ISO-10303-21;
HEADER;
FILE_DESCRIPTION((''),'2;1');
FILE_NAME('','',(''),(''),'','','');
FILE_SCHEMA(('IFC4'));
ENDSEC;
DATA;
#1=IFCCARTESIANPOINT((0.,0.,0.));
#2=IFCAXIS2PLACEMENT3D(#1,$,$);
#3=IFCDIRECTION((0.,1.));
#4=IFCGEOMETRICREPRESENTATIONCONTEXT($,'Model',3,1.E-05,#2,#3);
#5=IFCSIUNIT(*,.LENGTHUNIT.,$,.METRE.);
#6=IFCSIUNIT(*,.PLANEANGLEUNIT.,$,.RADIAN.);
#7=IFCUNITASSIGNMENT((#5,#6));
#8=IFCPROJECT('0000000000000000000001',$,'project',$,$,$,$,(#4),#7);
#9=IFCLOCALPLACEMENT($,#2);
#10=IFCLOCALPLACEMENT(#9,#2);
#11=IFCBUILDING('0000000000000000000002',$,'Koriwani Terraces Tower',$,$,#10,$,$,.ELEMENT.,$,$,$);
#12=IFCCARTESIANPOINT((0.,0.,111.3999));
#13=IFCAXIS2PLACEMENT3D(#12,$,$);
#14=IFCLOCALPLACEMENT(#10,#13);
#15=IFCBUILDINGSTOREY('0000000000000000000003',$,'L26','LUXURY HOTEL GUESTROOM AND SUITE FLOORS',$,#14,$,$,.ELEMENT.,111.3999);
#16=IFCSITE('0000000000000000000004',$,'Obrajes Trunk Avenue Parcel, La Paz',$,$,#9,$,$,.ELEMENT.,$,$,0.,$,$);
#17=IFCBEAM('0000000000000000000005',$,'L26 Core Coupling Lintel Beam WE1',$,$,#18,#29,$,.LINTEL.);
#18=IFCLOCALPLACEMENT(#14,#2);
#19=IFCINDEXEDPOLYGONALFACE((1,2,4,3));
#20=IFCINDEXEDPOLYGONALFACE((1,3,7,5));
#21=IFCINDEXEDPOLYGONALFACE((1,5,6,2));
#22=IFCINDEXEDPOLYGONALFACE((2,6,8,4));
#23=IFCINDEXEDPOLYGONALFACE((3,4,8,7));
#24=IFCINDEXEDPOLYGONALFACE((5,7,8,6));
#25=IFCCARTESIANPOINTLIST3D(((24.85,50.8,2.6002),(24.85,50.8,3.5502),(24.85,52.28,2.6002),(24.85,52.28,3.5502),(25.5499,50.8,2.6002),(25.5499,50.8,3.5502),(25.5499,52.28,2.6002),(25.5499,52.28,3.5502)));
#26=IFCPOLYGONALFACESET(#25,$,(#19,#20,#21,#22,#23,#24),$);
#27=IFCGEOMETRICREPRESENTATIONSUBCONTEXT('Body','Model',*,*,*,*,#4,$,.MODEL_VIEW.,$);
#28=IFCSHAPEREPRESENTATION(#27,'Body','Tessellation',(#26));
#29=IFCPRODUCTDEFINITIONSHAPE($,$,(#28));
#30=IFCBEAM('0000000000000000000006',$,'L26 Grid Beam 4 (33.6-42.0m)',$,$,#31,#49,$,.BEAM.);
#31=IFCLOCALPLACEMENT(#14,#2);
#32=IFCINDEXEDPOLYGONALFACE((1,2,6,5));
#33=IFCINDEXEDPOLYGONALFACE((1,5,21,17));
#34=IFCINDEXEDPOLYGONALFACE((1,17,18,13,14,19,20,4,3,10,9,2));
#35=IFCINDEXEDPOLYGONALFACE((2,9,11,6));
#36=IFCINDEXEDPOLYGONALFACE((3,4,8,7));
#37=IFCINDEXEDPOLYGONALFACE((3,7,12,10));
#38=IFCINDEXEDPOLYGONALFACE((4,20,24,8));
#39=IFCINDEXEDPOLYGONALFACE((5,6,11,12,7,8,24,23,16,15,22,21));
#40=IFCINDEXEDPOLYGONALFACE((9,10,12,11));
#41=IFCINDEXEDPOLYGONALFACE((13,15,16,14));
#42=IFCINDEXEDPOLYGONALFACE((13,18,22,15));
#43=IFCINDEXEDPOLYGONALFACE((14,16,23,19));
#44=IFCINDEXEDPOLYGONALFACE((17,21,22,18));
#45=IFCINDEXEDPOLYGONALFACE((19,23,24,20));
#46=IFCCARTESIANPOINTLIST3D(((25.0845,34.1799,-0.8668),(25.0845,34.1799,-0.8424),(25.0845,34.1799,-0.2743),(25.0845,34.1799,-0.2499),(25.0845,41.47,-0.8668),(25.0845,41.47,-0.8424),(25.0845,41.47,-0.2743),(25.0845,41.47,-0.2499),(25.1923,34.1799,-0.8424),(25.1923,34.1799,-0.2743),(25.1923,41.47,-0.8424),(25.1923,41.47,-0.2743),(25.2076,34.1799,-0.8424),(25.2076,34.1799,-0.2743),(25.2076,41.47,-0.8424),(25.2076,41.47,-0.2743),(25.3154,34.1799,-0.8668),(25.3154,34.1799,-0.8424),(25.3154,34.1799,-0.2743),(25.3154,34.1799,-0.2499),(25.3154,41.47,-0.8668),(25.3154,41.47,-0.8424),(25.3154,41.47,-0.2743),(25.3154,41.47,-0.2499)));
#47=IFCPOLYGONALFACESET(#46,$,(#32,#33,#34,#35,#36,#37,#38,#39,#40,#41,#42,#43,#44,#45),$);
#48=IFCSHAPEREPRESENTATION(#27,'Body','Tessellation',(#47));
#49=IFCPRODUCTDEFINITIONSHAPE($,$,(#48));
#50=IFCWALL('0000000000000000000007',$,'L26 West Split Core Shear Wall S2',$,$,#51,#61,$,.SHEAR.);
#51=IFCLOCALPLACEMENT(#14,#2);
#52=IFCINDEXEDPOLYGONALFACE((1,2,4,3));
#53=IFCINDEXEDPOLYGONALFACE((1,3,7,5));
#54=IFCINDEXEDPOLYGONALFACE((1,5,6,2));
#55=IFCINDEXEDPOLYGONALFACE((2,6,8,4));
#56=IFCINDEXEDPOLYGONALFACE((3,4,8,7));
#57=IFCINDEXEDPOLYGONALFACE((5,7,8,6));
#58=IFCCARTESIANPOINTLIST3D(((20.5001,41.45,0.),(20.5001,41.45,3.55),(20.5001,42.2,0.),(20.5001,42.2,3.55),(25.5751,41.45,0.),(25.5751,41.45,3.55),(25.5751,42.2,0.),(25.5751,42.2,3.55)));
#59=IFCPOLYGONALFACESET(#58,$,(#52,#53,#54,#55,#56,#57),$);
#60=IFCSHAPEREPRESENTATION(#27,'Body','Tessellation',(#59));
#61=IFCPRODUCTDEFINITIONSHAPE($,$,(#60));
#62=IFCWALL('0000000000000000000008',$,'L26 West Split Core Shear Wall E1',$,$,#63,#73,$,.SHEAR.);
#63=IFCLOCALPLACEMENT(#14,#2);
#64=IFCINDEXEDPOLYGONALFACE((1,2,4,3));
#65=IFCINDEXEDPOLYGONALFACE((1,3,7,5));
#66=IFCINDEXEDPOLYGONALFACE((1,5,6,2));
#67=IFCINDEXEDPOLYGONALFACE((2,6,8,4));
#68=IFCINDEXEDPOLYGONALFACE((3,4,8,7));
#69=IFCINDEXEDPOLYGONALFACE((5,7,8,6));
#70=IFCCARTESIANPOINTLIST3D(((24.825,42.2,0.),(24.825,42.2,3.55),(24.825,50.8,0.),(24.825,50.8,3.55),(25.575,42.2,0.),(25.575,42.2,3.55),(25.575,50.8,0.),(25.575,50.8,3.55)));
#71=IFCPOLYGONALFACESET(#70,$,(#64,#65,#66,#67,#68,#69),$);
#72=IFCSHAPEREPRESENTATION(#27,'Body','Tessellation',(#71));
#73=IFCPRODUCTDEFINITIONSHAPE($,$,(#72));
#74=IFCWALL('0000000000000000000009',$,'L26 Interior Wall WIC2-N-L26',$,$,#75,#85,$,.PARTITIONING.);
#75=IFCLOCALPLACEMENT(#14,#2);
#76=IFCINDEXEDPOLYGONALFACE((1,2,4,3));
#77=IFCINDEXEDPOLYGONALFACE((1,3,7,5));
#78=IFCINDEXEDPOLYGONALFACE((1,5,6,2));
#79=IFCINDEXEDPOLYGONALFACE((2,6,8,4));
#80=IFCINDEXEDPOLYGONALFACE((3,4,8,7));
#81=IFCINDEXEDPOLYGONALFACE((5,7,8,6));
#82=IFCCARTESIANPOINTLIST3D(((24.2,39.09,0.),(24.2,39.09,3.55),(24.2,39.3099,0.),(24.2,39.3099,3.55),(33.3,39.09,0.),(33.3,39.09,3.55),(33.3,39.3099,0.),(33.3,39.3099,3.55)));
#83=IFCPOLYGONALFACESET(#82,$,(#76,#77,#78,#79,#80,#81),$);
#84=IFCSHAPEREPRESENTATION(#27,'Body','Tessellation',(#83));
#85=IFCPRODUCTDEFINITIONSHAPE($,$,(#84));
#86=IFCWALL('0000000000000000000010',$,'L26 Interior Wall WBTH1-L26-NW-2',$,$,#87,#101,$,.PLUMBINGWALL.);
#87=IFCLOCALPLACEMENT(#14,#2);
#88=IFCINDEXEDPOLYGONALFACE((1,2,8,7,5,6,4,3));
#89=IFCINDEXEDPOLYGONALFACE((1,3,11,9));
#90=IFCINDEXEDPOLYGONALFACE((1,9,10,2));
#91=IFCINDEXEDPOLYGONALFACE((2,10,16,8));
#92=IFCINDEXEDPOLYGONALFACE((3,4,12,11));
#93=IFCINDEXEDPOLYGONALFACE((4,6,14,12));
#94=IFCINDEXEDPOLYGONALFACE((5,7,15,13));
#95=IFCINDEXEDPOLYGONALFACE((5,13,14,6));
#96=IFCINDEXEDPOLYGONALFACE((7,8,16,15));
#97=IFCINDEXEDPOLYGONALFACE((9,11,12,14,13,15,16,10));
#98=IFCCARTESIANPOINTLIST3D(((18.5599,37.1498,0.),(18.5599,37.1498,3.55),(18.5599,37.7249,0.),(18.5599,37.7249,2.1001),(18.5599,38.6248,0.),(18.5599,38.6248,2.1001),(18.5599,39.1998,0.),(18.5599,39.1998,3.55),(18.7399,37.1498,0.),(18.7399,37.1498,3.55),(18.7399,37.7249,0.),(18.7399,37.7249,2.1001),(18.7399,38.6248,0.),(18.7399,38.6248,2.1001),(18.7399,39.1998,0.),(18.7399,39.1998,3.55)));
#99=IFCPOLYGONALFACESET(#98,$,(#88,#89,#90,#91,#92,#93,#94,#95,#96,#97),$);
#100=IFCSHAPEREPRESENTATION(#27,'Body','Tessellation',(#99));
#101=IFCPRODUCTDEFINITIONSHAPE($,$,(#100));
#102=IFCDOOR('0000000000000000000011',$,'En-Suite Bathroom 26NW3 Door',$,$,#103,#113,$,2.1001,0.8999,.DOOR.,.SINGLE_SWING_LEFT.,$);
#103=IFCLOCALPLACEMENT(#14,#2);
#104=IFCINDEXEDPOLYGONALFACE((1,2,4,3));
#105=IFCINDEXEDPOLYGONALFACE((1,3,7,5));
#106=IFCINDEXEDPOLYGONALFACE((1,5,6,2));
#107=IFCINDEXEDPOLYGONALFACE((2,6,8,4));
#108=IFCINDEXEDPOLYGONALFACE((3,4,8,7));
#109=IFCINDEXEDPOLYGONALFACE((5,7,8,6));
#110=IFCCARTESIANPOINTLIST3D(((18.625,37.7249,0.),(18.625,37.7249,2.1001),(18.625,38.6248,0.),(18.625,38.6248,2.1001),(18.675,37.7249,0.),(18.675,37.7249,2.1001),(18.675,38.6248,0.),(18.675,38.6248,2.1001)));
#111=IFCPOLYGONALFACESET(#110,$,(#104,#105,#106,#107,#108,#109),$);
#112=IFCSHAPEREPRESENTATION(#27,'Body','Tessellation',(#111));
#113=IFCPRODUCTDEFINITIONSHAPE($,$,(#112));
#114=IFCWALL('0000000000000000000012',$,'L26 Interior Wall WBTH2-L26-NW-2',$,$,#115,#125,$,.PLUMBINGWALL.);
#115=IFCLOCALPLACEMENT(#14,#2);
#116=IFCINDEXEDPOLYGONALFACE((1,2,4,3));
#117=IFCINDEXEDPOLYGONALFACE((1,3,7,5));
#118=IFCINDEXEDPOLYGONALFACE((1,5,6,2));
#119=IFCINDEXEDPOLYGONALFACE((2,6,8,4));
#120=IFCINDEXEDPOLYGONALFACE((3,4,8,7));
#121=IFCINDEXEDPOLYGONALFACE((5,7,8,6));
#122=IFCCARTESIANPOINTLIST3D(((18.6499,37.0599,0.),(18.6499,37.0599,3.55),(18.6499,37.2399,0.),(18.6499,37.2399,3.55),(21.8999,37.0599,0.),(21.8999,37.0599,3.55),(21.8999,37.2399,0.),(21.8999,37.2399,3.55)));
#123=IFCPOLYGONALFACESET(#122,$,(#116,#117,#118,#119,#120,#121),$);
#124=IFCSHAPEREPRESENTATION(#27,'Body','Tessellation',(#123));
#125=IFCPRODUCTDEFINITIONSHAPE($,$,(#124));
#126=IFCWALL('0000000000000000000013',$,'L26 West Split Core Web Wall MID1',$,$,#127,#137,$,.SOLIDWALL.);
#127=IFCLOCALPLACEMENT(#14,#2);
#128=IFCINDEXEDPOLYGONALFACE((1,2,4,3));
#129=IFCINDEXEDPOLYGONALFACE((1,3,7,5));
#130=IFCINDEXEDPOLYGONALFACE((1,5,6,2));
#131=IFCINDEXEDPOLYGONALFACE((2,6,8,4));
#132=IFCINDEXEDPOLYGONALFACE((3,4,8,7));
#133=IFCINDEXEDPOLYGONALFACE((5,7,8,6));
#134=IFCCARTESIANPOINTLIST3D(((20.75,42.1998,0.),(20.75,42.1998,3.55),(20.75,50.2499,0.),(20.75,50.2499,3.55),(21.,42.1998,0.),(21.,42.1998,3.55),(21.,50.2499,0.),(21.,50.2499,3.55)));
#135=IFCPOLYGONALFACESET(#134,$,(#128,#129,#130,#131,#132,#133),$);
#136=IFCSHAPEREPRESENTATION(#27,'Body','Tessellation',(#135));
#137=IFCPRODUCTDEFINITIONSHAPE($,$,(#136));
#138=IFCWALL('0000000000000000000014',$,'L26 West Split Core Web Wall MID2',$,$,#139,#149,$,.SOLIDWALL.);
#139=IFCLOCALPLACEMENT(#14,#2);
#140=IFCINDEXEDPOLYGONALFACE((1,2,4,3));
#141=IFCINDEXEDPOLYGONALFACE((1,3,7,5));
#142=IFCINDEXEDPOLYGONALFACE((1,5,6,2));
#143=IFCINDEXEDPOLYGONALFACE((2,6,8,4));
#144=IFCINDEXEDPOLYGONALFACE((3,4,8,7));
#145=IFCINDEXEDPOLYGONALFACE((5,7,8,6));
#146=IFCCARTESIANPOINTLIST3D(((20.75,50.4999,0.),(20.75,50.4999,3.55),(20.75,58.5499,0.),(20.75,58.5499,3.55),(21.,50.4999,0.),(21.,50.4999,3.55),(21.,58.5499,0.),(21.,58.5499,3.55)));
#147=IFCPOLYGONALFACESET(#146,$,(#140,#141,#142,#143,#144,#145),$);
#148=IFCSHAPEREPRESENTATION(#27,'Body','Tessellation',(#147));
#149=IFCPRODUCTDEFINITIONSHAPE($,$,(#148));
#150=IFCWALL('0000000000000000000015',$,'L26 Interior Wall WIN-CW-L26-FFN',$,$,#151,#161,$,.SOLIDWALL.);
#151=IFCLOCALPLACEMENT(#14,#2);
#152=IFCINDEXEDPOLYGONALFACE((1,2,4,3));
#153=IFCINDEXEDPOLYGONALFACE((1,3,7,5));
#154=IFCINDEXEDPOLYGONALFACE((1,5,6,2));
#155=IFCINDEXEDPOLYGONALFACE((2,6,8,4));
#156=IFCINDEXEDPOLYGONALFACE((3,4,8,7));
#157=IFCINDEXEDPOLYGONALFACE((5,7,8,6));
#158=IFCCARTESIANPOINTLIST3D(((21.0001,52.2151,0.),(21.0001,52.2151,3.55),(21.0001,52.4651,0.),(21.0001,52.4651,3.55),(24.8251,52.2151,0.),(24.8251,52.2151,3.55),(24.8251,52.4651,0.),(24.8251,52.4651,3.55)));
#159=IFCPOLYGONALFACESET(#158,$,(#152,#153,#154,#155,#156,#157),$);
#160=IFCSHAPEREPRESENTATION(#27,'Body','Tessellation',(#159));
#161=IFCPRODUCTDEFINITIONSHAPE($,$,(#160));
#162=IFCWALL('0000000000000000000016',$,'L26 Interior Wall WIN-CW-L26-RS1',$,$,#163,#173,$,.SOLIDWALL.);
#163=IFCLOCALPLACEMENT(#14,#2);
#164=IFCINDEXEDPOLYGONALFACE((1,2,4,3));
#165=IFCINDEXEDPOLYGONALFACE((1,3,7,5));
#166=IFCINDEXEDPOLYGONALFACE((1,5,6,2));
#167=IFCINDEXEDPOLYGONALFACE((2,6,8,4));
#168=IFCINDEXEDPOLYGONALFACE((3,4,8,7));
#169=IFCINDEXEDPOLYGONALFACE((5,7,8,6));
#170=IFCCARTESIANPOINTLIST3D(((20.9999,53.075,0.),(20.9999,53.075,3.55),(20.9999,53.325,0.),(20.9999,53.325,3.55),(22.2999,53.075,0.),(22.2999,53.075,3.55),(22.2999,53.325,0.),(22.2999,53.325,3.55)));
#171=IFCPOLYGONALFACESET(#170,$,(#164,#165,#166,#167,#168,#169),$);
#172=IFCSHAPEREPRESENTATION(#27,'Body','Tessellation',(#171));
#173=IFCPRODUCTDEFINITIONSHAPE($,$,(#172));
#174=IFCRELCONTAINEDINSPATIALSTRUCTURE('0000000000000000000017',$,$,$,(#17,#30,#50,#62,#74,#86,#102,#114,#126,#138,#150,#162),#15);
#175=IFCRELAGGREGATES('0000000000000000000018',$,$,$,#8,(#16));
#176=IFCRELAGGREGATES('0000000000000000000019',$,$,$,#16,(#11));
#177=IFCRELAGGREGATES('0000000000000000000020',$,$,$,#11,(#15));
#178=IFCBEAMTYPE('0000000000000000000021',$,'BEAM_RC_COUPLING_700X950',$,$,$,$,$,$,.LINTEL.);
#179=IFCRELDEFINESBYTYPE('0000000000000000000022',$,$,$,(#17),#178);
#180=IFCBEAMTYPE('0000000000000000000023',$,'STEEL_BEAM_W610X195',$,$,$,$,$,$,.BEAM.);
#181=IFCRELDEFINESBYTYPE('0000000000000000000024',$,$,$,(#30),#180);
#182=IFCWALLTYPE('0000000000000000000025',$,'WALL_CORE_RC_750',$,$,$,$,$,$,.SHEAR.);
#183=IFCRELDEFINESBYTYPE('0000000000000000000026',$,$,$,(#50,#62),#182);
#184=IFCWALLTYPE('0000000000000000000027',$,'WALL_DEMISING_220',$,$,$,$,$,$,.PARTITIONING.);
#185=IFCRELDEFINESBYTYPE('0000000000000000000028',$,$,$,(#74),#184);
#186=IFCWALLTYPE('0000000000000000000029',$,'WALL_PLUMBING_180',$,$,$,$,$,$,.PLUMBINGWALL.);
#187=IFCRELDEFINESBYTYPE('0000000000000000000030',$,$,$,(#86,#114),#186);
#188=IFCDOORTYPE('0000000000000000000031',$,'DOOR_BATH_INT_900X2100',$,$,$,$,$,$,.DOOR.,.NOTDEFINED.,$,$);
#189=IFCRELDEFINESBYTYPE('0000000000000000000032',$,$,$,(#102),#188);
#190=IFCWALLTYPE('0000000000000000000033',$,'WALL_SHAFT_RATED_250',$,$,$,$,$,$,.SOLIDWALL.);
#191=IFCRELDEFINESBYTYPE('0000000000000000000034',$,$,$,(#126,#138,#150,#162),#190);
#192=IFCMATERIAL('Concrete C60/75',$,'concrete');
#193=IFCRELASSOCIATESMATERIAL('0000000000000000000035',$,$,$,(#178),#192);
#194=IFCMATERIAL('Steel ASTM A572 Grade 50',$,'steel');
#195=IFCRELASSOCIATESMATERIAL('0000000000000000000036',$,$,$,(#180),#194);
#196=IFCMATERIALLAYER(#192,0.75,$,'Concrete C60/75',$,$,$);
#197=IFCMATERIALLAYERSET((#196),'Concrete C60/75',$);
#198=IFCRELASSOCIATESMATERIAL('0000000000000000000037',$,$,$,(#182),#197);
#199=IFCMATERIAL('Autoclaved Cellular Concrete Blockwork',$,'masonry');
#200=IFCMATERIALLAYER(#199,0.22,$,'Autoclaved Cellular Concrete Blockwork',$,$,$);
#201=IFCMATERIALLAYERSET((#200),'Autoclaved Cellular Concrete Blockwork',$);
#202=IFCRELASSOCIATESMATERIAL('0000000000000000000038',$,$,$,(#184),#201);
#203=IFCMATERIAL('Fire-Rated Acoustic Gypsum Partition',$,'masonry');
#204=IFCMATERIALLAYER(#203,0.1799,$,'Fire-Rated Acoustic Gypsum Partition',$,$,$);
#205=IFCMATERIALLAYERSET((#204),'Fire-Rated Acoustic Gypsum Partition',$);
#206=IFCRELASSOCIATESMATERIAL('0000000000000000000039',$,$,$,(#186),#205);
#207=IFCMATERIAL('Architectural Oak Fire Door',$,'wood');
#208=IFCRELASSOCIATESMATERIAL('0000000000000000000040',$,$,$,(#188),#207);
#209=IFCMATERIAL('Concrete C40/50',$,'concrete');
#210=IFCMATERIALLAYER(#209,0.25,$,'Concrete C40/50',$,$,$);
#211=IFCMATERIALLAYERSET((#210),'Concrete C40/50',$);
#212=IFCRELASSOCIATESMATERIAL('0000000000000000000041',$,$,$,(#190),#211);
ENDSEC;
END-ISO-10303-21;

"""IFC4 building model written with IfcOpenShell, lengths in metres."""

from ifc_helpers import new_model, si_unit, direction, frame, frame_2d, origin, origin_2d, place, context, subcontext, project, spatial, rectangle, i_section, extrude, material, layer, layer_set, material_profile, profile_set, type_object, element, fill, save


model = new_model("IFC4")

# Units and contexts
model_context = context("Model", 3, precision=1e-05, world=origin(), true_north=direction((0.0, 1.0)))
body_context = subcontext(model_context, "Body", "Model", "MODEL_VIEW")
ifc_project = project(units=[si_unit("LENGTHUNIT", "METRE"), si_unit("PLANEANGLEUNIT", "RADIAN")], contexts=[model_context])

# Site, building, storey
site_placement = place(None, origin())
site = spatial("IfcSite", under=ifc_project, at=site_placement, Name="Obrajes Trunk Avenue Parcel, La Paz", CompositionType="ELEMENT", RefElevation=0.0)
building_placement = place(site_placement, origin())
building = spatial("IfcBuilding", under=site, at=building_placement, Name="Koriwani Terraces Tower", CompositionType="ELEMENT")
storey_placement = place(building_placement, frame((0.0, 0.0, 111.3999)))
storey = spatial("IfcBuildingStorey", under=building, at=storey_placement, Name="L26", Description="LUXURY HOTEL GUESTROOM AND SUITE FLOORS", CompositionType="ELEMENT", Elevation=111.3999)

# Beams
ifc_material_1 = material(Name="Concrete C60/75", Category="concrete")
ifc_material_profile_1 = material_profile(ifc_material_1, rectangle(XDim=0.7, YDim=0.95, at=origin_2d()), Name="Concrete C60/75", Category="LoadBearing")
ifc_profile_set_1 = profile_set([ifc_material_profile_1], Name="Concrete C60/75")
beam_type_1 = type_object("IfcBeamType", Name="BEAM_RC_COUPLING_700X950", PredefinedType="LINTEL", material=ifc_profile_set_1)
beam_1_placement = place(storey_placement, frame((25.2, 50.8, 3.0752), z_axis=(0.0, 1.0, 0.0), x_axis=(-1.0, 0.0, 0.0)))
element("IfcBeam", 1, at=beam_1_placement, inside=storey, type_object=beam_type_1, Name="L26 Core Coupling Lintel Beam WE1", PredefinedType="LINTEL", context=body_context, shape_type="SweptSolid", body=[
    extrude(rectangle(XDim=0.7, YDim=0.95, at=origin_2d()), origin(), (0.0, 0.0, 1.0), 1.48),
])
ifc_material_2 = material(Name="Steel ASTM A572 Grade 50", Category="steel")
ifc_material_profile_2 = material_profile(ifc_material_2, i_section(OverallWidth=0.231, OverallDepth=0.6169, WebThickness=0.0154, FlangeThickness=0.0244, at=origin_2d()), Name="Steel ASTM A572 Grade 50", Category="LoadBearing")
ifc_profile_set_2 = profile_set([ifc_material_profile_2], Name="Steel ASTM A572 Grade 50")
beam_type_2 = type_object("IfcBeamType", Name="STEEL_BEAM_W610X195", PredefinedType="BEAM", material=ifc_profile_set_2)
beam_2_placement = place(storey_placement, frame((25.2, 34.1799, -0.5583), z_axis=(0.0, 1.0, 0.0), x_axis=(-1.0, 0.0, 0.0)))
element("IfcBeam", 2, at=beam_2_placement, inside=storey, type_object=beam_type_2, Name="L26 Grid Beam 4 (33.6-42.0m)", PredefinedType="BEAM", context=body_context, shape_type="SweptSolid", body=[
    extrude(i_section(OverallWidth=0.231, OverallDepth=0.6169, WebThickness=0.0154, FlangeThickness=0.0244, at=origin_2d()), origin(), (0.0, 0.0, 1.0), 7.29),
])

# Walls
ifc_layer_1 = layer(ifc_material_1, 0.75, Name="Concrete C60/75")
ifc_layer_set_1 = layer_set([ifc_layer_1], Name="Concrete C60/75")
wall_type_1 = type_object("IfcWallType", Name="WALL_CORE_RC_750", PredefinedType="SHEAR", material=ifc_layer_set_1)
wall_1_placement = place(storey_placement, frame((20.5, 41.825, 0.0), z_axis=(0.0, 0.0, 1.0), x_axis=(1.0, 0.0, 0.0)))
element("IfcWall", 3, at=wall_1_placement, inside=storey, type_object=wall_type_1, Name="L26 West Split Core Shear Wall S2", PredefinedType="SHEAR", context=body_context, shape_type="SweptSolid", body=[
    extrude(rectangle(XDim=5.075, YDim=0.75, at=frame_2d((2.5376, 0.0))), origin(), (0.0, 0.0, 1.0), 3.55),
])
wall_2_placement = place(storey_placement, frame((25.2, 42.2, 0.0), z_axis=(0.0, 0.0, 1.0), x_axis=(0.0, 1.0, 0.0)))
element("IfcWall", 4, at=wall_2_placement, inside=storey, type_object=wall_type_1, Name="L26 West Split Core Shear Wall E1", PredefinedType="SHEAR", context=body_context, shape_type="SweptSolid", body=[
    extrude(rectangle(XDim=8.6001, YDim=0.75, at=frame_2d((4.3, 0.0))), origin(), (0.0, 0.0, 1.0), 3.55),
])
ifc_material_3 = material(Name="Autoclaved Cellular Concrete Blockwork", Category="masonry")
ifc_layer_2 = layer(ifc_material_3, 0.22, Name="Autoclaved Cellular Concrete Blockwork")
ifc_layer_set_2 = layer_set([ifc_layer_2], Name="Autoclaved Cellular Concrete Blockwork")
wall_type_2 = type_object("IfcWallType", Name="WALL_DEMISING_220", PredefinedType="PARTITIONING", material=ifc_layer_set_2)
wall_3_placement = place(storey_placement, frame((24.2, 39.2, 0.0), z_axis=(0.0, 0.0, 1.0), x_axis=(1.0, 0.0, 0.0)))
element("IfcWall", 5, at=wall_3_placement, inside=storey, type_object=wall_type_2, Name="L26 Interior Wall WIC2-N-L26", PredefinedType="PARTITIONING", context=body_context, shape_type="SweptSolid", body=[
    extrude(rectangle(XDim=9.1001, YDim=0.22, at=frame_2d((4.55, 0.0))), origin(), (0.0, 0.0, 1.0), 3.55),
])

# Wall, opening, door
ifc_material_4 = material(Name="Fire-Rated Acoustic Gypsum Partition", Category="masonry")
ifc_layer_3 = layer(ifc_material_4, 0.1799, Name="Fire-Rated Acoustic Gypsum Partition")
ifc_layer_set_3 = layer_set([ifc_layer_3], Name="Fire-Rated Acoustic Gypsum Partition")
wall_type_3 = type_object("IfcWallType", Name="WALL_PLUMBING_180", PredefinedType="PLUMBINGWALL", material=ifc_layer_set_3)
wall_4_placement = place(storey_placement, frame((18.6499, 37.1499, 0.0), z_axis=(0.0, 0.0, 1.0), x_axis=(0.0, 1.0, 0.0)))
wall_4 = element("IfcWall", 6, at=wall_4_placement, inside=storey, type_object=wall_type_3, Name="L26 Interior Wall WBTH1-L26-NW-2", PredefinedType="PLUMBINGWALL", context=body_context, shape_type="SweptSolid", body=[
    extrude(rectangle(XDim=2.05, YDim=0.1799, at=frame_2d((1.0249, 0.0))), origin(), (0.0, 0.0, 1.0), 3.55),
])
opening_1_placement = place(wall_4_placement, frame((0.575, 0.0, 0.0)))
opening_1 = element("IfcOpeningElement", 7, at=opening_1_placement, cuts=wall_4, PredefinedType="OPENING", context=body_context, shape_type="SweptSolid", body=[
    extrude(rectangle(XDim=0.8999, YDim=2.1001, at=frame_2d((0.45, 1.05))), frame((0.0, 0.1001, 0.0), z_axis=(0.0, -1.0, 0.0), x_axis=(1.0, 0.0, 0.0)), (0.0, 0.0, 1.0), 0.2),
])
ifc_material_5 = material(Name="Architectural Oak Fire Door", Category="wood")
door_type_1 = type_object("IfcDoorType", Name="DOOR_BATH_INT_900X2100", OperationType="NOTDEFINED", PredefinedType="DOOR", material=ifc_material_5)
door_1_placement = place(opening_1_placement, origin())
door_1 = element("IfcDoor", 8, at=door_1_placement, inside=storey, type_object=door_type_1, Name="En-Suite Bathroom 26NW3 Door", OperationType="SINGLE_SWING_LEFT", OverallHeight=2.1001, OverallWidth=0.8999, PredefinedType="DOOR", context=body_context, shape_type="SweptSolid", body=[
    extrude(rectangle(XDim=0.8999, YDim=2.1001, at=frame_2d((0.45, 1.05))), frame((0.0, 0.0249, 0.0), z_axis=(0.0, -1.0, 0.0), x_axis=(1.0, 0.0, 0.0)), (0.0, 0.0, 1.0), 0.05),
])
fill(opening_1, door_1)

# Walls
wall_5_placement = place(storey_placement, frame((18.6499, 37.1499, 0.0), z_axis=(0.0, 0.0, 1.0), x_axis=(1.0, 0.0, 0.0)))
element("IfcWall", 9, at=wall_5_placement, inside=storey, type_object=wall_type_3, Name="L26 Interior Wall WBTH2-L26-NW-2", PredefinedType="PLUMBINGWALL", context=body_context, shape_type="SweptSolid", body=[
    extrude(rectangle(XDim=3.25, YDim=0.1799, at=frame_2d((1.625, 0.0))), origin(), (0.0, 0.0, 1.0), 3.55),
])
ifc_material_6 = material(Name="Concrete C40/50", Category="concrete")
ifc_layer_4 = layer(ifc_material_6, 0.25, Name="Concrete C40/50")
ifc_layer_set_4 = layer_set([ifc_layer_4], Name="Concrete C40/50")
wall_type_4 = type_object("IfcWallType", Name="WALL_SHAFT_RATED_250", PredefinedType="SOLIDWALL", material=ifc_layer_set_4)
for number, where, z_axis, x_axis, name in (
    (10, (20.875, 42.2, 0.0), (0.0, 0.0, 1.0), (0.0, 1.0, 0.0), "L26 West Split Core Web Wall MID1"),
    (11, (20.875, 50.5, 0.0), (0.0, 0.0, 1.0), (0.0, 1.0, 0.0), "L26 West Split Core Web Wall MID2"),
):
    element("IfcWall", number, at=place(storey_placement, frame(where, z_axis=z_axis, x_axis=x_axis)), inside=storey, type_object=wall_type_4, Name=name, PredefinedType="SOLIDWALL", context=body_context, shape_type="SweptSolid", body=[
        extrude(rectangle(XDim=8.05, YDim=0.25, at=frame_2d((4.0249, 0.0))), origin(), (0.0, 0.0, 1.0), 3.55),
    ])

# Walls
wall_6_placement = place(storey_placement, frame((21.0, 52.3401, 0.0), z_axis=(0.0, 0.0, 1.0), x_axis=(1.0, 0.0, 0.0)))
element("IfcWall", 12, at=wall_6_placement, inside=storey, type_object=wall_type_4, Name="L26 Interior Wall WIN-CW-L26-FFN", PredefinedType="SOLIDWALL", context=body_context, shape_type="SweptSolid", body=[
    extrude(rectangle(XDim=3.825, YDim=0.25, at=frame_2d((1.9126, 0.0))), origin(), (0.0, 0.0, 1.0), 3.55),
])
wall_7_placement = place(storey_placement, frame((21.0, 53.2, 0.0), z_axis=(0.0, 0.0, 1.0), x_axis=(1.0, 0.0, 0.0)))
element("IfcWall", 13, at=wall_7_placement, inside=storey, type_object=wall_type_4, Name="L26 Interior Wall WIN-CW-L26-RS1", PredefinedType="SOLIDWALL", context=body_context, shape_type="SweptSolid", body=[
    extrude(rectangle(XDim=1.3, YDim=0.25, at=frame_2d((0.6499, 0.0))), origin(), (0.0, 0.0, 1.0), 3.55),
])

save(model, "model.ifc")
